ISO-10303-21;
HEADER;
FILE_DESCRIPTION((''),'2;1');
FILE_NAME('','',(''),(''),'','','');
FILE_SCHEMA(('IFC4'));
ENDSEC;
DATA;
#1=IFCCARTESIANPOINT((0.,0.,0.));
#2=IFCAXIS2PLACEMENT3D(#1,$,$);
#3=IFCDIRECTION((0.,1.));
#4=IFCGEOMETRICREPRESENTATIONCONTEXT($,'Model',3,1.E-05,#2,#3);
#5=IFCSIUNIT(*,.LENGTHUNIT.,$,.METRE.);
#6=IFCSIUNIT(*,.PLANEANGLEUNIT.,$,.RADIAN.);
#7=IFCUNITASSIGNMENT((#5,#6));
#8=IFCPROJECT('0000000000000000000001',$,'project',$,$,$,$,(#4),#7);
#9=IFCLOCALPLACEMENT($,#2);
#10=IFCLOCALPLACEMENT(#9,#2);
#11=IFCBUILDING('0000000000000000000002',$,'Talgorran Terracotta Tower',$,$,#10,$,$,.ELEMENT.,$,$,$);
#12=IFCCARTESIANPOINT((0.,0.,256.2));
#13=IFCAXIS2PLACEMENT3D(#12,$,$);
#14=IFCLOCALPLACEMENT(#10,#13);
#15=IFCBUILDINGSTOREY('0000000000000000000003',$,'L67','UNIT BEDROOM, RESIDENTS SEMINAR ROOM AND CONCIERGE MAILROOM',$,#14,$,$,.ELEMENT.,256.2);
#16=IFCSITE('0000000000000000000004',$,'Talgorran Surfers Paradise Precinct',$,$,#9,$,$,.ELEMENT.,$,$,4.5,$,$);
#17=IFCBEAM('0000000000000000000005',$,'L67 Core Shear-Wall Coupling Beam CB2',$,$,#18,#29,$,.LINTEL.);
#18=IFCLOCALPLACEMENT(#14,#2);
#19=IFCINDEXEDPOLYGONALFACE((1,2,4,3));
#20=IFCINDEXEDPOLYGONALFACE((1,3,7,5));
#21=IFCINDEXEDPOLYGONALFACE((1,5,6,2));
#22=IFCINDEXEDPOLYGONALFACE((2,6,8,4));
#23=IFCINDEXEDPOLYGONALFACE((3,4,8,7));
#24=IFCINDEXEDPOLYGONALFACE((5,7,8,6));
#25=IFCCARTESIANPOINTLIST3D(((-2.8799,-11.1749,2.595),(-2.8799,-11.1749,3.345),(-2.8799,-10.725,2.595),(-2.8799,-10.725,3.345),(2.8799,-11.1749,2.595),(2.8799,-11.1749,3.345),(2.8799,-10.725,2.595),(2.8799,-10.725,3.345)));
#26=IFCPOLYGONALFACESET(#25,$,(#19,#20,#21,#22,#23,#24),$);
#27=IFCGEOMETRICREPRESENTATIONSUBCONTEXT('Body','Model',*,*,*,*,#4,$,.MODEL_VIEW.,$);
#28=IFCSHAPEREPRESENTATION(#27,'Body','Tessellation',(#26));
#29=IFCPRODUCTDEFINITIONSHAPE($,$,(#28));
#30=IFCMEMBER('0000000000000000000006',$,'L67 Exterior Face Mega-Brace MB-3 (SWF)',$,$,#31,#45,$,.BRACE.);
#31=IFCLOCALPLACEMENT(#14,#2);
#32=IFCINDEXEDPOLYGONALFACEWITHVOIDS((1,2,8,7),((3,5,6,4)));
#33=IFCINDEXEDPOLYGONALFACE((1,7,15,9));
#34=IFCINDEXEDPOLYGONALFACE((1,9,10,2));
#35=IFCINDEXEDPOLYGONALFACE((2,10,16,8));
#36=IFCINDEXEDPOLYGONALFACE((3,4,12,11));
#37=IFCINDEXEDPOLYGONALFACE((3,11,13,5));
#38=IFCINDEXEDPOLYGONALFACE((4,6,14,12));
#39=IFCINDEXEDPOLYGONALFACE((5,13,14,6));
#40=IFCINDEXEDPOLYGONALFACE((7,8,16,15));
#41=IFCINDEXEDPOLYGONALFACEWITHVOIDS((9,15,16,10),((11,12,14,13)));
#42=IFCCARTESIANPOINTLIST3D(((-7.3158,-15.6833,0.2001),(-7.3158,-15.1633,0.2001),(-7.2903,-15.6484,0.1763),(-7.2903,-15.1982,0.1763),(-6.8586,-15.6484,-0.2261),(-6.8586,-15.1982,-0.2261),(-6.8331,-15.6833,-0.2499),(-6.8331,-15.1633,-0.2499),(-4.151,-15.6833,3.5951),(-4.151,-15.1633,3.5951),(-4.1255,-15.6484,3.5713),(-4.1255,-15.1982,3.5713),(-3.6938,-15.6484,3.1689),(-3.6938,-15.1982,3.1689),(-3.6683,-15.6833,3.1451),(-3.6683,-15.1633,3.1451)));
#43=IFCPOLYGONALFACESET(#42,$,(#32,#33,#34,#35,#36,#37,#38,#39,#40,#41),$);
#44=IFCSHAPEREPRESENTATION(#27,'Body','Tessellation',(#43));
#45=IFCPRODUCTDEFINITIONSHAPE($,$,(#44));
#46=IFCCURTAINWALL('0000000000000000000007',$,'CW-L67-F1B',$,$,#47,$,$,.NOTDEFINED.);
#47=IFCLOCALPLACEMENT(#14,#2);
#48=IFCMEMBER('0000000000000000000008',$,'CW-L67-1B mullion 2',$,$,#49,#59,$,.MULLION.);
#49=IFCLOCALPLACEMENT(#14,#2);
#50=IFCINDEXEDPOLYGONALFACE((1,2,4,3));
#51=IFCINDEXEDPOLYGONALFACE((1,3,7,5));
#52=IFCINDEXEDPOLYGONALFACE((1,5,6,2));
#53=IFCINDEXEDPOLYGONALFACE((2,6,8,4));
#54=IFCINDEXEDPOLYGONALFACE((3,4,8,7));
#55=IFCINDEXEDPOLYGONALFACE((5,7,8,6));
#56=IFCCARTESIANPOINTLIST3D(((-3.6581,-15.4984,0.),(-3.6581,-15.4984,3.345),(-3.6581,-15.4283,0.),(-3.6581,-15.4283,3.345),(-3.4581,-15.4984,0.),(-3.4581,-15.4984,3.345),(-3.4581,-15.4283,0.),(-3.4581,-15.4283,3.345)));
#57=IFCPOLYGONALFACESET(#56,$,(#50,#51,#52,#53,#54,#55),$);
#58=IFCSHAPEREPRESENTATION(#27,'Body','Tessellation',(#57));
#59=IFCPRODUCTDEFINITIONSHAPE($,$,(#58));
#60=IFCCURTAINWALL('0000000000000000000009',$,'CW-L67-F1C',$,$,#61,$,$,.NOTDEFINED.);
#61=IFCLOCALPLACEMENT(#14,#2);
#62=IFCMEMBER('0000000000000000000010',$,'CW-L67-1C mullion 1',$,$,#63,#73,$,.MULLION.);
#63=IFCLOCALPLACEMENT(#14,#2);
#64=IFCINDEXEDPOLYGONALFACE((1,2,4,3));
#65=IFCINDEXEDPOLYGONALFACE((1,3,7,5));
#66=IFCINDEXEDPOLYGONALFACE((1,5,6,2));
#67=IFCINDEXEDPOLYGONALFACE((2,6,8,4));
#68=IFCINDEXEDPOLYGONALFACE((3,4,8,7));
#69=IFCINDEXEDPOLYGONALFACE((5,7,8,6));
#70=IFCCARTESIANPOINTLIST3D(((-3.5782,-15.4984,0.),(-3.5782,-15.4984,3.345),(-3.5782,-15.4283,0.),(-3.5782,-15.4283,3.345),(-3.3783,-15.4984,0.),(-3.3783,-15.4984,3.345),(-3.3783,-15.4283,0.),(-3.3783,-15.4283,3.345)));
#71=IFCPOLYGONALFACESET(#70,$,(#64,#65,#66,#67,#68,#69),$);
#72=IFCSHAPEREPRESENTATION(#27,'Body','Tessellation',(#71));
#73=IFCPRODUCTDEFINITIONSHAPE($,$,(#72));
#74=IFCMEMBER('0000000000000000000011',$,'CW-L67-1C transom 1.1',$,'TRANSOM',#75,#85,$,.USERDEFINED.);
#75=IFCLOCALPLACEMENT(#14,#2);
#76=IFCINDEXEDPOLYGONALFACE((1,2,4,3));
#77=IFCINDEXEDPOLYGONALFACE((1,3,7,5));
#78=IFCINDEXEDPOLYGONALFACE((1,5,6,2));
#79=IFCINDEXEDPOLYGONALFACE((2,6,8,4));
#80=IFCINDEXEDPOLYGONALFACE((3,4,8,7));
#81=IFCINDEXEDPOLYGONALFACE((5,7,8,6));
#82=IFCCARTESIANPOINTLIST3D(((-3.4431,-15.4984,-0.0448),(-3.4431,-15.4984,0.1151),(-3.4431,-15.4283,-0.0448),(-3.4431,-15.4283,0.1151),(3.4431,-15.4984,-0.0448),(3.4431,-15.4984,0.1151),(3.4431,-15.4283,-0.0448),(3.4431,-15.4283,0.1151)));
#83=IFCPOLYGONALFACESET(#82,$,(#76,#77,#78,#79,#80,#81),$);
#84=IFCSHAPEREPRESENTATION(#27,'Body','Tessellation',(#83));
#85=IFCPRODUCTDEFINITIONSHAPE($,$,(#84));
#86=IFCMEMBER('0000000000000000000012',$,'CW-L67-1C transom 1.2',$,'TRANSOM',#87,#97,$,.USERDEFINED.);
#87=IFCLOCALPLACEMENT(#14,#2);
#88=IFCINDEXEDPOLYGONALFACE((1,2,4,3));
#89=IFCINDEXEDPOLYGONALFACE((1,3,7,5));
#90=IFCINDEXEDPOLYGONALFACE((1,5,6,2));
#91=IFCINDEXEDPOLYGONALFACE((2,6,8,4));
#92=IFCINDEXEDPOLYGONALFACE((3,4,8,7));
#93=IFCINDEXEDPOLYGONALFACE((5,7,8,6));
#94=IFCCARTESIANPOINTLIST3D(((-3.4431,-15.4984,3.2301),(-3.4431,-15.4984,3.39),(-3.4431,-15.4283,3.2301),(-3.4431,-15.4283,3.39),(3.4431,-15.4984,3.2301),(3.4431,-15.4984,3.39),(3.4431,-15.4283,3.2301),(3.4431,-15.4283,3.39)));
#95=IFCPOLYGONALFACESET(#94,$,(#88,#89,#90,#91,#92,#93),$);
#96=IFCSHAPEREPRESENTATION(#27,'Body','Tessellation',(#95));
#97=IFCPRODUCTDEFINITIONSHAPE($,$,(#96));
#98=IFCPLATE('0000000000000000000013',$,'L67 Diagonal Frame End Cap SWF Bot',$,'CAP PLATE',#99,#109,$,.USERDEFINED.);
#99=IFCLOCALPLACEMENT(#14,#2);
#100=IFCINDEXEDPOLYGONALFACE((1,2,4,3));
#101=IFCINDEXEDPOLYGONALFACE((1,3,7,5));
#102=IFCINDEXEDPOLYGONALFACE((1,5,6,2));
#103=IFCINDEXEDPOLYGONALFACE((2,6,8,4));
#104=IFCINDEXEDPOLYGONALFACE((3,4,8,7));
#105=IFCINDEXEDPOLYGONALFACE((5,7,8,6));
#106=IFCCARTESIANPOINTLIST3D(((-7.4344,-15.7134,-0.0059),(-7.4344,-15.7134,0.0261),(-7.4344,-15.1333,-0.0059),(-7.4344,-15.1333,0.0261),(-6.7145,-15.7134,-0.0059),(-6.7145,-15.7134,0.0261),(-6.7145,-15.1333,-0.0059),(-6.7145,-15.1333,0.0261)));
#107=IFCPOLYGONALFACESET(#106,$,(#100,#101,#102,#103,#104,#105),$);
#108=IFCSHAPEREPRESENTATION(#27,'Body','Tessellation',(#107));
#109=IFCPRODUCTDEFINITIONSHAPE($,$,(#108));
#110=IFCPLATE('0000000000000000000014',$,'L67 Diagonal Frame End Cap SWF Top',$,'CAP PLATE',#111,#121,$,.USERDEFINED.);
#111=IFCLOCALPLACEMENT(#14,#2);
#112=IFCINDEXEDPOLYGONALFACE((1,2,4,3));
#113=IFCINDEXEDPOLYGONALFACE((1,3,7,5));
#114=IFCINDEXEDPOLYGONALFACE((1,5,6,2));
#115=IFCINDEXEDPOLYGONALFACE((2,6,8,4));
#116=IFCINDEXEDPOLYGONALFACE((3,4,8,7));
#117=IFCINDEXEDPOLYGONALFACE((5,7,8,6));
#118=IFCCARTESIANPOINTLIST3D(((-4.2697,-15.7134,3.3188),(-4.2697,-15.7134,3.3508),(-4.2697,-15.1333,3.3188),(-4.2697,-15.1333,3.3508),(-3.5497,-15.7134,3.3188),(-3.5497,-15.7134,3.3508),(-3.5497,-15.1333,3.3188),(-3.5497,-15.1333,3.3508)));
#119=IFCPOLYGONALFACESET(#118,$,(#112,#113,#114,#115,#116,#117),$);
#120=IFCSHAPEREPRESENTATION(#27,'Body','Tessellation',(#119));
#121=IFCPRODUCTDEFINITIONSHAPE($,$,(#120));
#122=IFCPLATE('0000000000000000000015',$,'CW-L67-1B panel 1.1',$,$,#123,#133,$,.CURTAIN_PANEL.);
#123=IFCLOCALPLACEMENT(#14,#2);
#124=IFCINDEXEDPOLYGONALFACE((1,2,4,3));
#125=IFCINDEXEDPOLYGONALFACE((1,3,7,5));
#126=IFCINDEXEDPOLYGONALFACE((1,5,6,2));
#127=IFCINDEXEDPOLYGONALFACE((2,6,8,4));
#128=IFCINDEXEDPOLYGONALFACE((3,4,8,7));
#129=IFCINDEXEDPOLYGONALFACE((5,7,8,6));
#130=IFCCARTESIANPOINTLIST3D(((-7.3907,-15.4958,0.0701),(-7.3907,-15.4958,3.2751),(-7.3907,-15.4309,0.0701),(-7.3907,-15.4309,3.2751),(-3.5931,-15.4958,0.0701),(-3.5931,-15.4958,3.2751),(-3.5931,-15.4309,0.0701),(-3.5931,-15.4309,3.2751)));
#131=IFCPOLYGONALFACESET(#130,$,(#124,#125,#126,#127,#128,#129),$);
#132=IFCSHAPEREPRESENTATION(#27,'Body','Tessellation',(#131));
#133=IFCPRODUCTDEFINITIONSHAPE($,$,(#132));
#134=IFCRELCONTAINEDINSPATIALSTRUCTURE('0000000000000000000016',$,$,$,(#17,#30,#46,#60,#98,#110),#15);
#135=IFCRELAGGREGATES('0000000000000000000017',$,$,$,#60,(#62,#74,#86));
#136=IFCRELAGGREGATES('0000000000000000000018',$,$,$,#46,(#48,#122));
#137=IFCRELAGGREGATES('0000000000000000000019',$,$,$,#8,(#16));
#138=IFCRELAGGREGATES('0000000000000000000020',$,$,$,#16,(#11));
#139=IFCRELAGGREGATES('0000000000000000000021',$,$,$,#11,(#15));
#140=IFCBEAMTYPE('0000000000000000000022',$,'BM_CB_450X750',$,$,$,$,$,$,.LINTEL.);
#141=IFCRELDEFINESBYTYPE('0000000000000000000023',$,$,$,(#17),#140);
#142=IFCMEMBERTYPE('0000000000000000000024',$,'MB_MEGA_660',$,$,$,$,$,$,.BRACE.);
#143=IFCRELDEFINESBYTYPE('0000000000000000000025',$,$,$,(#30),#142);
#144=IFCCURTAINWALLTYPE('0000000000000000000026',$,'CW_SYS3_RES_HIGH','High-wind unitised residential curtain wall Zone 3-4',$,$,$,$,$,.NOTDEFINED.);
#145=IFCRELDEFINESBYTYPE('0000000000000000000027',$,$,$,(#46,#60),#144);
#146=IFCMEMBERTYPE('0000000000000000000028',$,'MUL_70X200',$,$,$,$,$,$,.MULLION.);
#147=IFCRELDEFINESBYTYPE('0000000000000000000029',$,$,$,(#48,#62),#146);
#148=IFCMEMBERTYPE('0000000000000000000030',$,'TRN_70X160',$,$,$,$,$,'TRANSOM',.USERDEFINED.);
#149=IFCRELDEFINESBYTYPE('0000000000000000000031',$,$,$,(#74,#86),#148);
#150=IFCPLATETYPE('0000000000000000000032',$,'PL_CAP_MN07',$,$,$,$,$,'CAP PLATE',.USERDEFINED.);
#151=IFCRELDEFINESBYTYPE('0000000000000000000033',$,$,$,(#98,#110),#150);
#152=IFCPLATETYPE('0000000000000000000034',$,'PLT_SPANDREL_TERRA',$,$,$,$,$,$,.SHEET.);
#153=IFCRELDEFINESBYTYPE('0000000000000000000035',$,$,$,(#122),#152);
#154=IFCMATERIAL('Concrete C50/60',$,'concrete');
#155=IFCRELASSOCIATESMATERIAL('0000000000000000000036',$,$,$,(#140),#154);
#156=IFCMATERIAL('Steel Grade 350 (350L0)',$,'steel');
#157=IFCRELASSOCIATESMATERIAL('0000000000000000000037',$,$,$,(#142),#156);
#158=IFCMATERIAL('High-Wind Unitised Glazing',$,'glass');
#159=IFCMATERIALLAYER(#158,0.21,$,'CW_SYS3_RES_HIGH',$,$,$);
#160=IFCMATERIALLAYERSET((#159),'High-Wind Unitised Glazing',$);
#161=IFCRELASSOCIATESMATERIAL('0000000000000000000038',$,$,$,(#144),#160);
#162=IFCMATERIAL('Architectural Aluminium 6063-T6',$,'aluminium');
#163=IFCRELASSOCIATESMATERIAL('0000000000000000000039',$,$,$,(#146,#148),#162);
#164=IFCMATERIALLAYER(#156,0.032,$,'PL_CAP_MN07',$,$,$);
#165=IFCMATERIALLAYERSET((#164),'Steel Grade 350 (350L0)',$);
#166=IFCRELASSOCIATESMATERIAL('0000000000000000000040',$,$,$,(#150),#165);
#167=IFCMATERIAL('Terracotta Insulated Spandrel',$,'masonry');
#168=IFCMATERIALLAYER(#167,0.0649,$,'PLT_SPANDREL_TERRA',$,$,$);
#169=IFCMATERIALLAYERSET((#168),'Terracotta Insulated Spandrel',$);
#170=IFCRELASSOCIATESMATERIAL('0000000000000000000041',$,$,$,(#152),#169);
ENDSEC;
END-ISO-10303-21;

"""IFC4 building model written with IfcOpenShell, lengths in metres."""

from ifc_helpers import new_model, si_unit, direction, frame, origin, origin_2d, place, context, subcontext, project, spatial, rectangle, hollow_rectangle, extrude, source, transform, mapped, material, layer, layer_set, material_profile, profile_set, type_object, type_shapes, element, aggregate, save


model = new_model("IFC4")

# Units and contexts
model_context = context("Model", 3, precision=1e-05, world=origin(), true_north=direction((0.0, 1.0)))
body_context = subcontext(model_context, "Body", "Model", "MODEL_VIEW")
ifc_project = project(units=[si_unit("LENGTHUNIT", "METRE"), si_unit("PLANEANGLEUNIT", "RADIAN")], contexts=[model_context])

# Site, building, storey
site_placement = place(None, origin())
site = spatial("IfcSite", under=ifc_project, at=site_placement, Name="Talgorran Surfers Paradise Precinct", CompositionType="ELEMENT", RefElevation=4.5)
building_placement = place(site_placement, origin())
building = spatial("IfcBuilding", under=site, at=building_placement, Name="Talgorran Terracotta Tower", CompositionType="ELEMENT")
storey_placement = place(building_placement, frame((0.0, 0.0, 256.2)))
storey = spatial("IfcBuildingStorey", under=building, at=storey_placement, Name="L67", Description="UNIT BEDROOM, RESIDENTS SEMINAR ROOM AND CONCIERGE MAILROOM", CompositionType="ELEMENT", Elevation=256.2)

# Beam
ifc_material_1 = material(Name="Concrete C50/60", Category="concrete")
ifc_material_profile_1 = material_profile(ifc_material_1, rectangle(XDim=0.45, YDim=0.75, at=origin_2d()), Name="RCCB450X750")
ifc_profile_set_1 = profile_set([ifc_material_profile_1], Name="Concrete C50/60")
beam_type = type_object("IfcBeamType", Name="BM_CB_450X750", PredefinedType="LINTEL", material=ifc_profile_set_1)
beam_placement = place(storey_placement, frame((-2.8799, -10.95, 2.97), z_axis=(1.0, 0.0, 0.0), x_axis=(0.0, 1.0, 0.0)))
element("IfcBeam", 1, at=beam_placement, inside=storey, type_object=beam_type, Name="L67 Core Shear-Wall Coupling Beam CB2", PredefinedType="LINTEL", context=body_context, shape_type="SweptSolid", body=[
    extrude(rectangle(XDim=0.45, YDim=0.75, at=origin_2d()), origin(), (0.0, 0.0, 1.0), 5.7598),
])

# Member
ifc_material_2 = material(Name="Steel Grade 350 (350L0)", Category="steel")
ifc_material_profile_2 = material_profile(ifc_material_2, hollow_rectangle(XDim=0.52, YDim=0.6599, WallThickness=0.0349, at=origin_2d()), Name="WBOX660X520X35")
ifc_profile_set_2 = profile_set([ifc_material_profile_2], Name="Steel Grade 350 (350L0)")
member_type_1 = type_object("IfcMemberType", Name="MB_MEGA_660", PredefinedType="BRACE", material=ifc_profile_set_2)
member_1_placement = place(storey_placement, frame((-7.0745, -15.4233, -0.0249), z_axis=(0.68187, 0.0, 0.731473), x_axis=(0.0, 1.0, 0.0)))
element("IfcMember", 2, at=member_1_placement, inside=storey, type_object=member_type_1, Name="L67 Exterior Face Mega-Brace MB-3 (SWF)", PredefinedType="BRACE", context=body_context, shape_type="SweptSolid", body=[
    extrude(hollow_rectangle(XDim=0.52, YDim=0.6599, WallThickness=0.0349, at=origin_2d()), origin(), (0.0, 0.0, 1.0), 4.6414),
])

# Curtain wall, member
ifc_material_3 = material(Name="High-Wind Unitised Glazing", Category="glass")
ifc_layer_1 = layer(ifc_material_3, 0.21, Name="CW_SYS3_RES_HIGH")
ifc_layer_set_1 = layer_set([ifc_layer_1], Name="High-Wind Unitised Glazing")
curtain_wall_type = type_object("IfcCurtainWallType", Name="CW_SYS3_RES_HIGH", Description="High-wind unitised residential curtain wall Zone 3-4", PredefinedType="NOTDEFINED", material=ifc_layer_set_1)
curtain_wall_1_placement = place(storey_placement, origin())
curtain_wall_1 = element("IfcCurtainWall", 3, at=curtain_wall_1_placement, inside=storey, type_object=curtain_wall_type, Name="CW-L67-F1B", PredefinedType="NOTDEFINED")
ifc_material_4 = material(Name="Architectural Aluminium 6063-T6", Category="aluminium")
ifc_material_profile_3 = material_profile(ifc_material_4, rectangle(XDim=0.0701, YDim=0.2, at=origin_2d()), Name="CWM70X200")
ifc_profile_set_3 = profile_set([ifc_material_profile_3], Name="Architectural Aluminium 6063-T6")
member_type_2 = type_object("IfcMemberType", Name="MUL_70X200", PredefinedType="MULLION", material=ifc_profile_set_3)
member_2_placement = place(storey_placement, frame((-3.5581, -15.4634, 0.0), z_axis=(0.0, 0.0, 1.0), x_axis=(0.0, 1.0, 0.0)))
member_2 = element("IfcMember", 4, at=member_2_placement, type_object=member_type_2, Name="CW-L67-1B mullion 2", PredefinedType="MULLION", context=body_context, shape_type="SweptSolid", body=[
    extrude(rectangle(XDim=0.0701, YDim=0.2, at=origin_2d()), origin(), (0.0, 0.0, 1.0), 3.345),
])

# Curtain wall, members
curtain_wall_2_placement = place(storey_placement, origin())
curtain_wall_2 = element("IfcCurtainWall", 5, at=curtain_wall_2_placement, inside=storey, type_object=curtain_wall_type, Name="CW-L67-F1C", PredefinedType="NOTDEFINED")
member_3_placement = place(storey_placement, frame((-3.4783, -15.4634, 0.0), z_axis=(0.0, 0.0, 1.0), x_axis=(0.0, 1.0, 0.0)))
member_3 = element("IfcMember", 6, at=member_3_placement, type_object=member_type_2, Name="CW-L67-1C mullion 1", PredefinedType="MULLION", context=body_context, shape_type="SweptSolid", body=[
    extrude(rectangle(XDim=0.0701, YDim=0.2, at=origin_2d()), origin(), (0.0, 0.0, 1.0), 3.345),
])
ifc_material_profile_4 = material_profile(ifc_material_4, rectangle(XDim=0.0701, YDim=0.1599, at=origin_2d()), Name="CWT70X160")
ifc_profile_set_4 = profile_set([ifc_material_profile_4], Name="Architectural Aluminium 6063-T6")
member_type_3 = type_object("IfcMemberType", Name="TRN_70X160", ElementType="TRANSOM", PredefinedType="USERDEFINED", material=ifc_profile_set_4)
member_4_placement = place(storey_placement, frame((-3.4431, -15.4634, 0.0352), z_axis=(1.0, 0.0, 0.0), x_axis=(0.0, 1.0, 0.0)))
member_4 = element("IfcMember", 7, at=member_4_placement, type_object=member_type_3, Name="CW-L67-1C transom 1.1", ObjectType="TRANSOM", PredefinedType="USERDEFINED", context=body_context, shape_type="SweptSolid", body=[
    extrude(rectangle(XDim=0.0701, YDim=0.1599, at=origin_2d()), origin(), (0.0, 0.0, 1.0), 6.8862),
])
member_5_placement = place(storey_placement, frame((-3.4431, -15.4634, 3.3101), z_axis=(1.0, 0.0, 0.0), x_axis=(0.0, 1.0, 0.0)))
member_5 = element("IfcMember", 8, at=member_5_placement, type_object=member_type_3, Name="CW-L67-1C transom 1.2", ObjectType="TRANSOM", PredefinedType="USERDEFINED", context=body_context, shape_type="SweptSolid", body=[
    extrude(rectangle(XDim=0.0701, YDim=0.1599, at=origin_2d()), origin(), (0.0, 0.0, 1.0), 6.8862),
])
aggregate(curtain_wall_2, [member_3, member_4, member_5])

# Plates
ifc_layer_2 = layer(ifc_material_2, 0.032, Name="PL_CAP_MN07")
ifc_layer_set_2 = layer_set([ifc_layer_2], Name="Steel Grade 350 (350L0)")
plate_type_1 = type_object("IfcPlateType", Name="PL_CAP_MN07", ElementType="CAP PLATE", PredefinedType="USERDEFINED", material=ifc_layer_set_2)
for number, where, z_axis, x_axis, name in (
    (9, (-7.0745, -15.4233, -0.0059), (0.0, 0.0, 1.0), (1.0, 0.0, 0.0), "L67 Diagonal Frame End Cap SWF Bot"),
    (10, (-3.9097, -15.4233, 3.3188), (0.0, 0.0, 1.0), (1.0, 0.0, 0.0), "L67 Diagonal Frame End Cap SWF Top"),
):
    element("IfcPlate", number, at=place(storey_placement, frame(where, z_axis=z_axis, x_axis=x_axis)), inside=storey, type_object=plate_type_1, Name=name, ObjectType="CAP PLATE", PredefinedType="USERDEFINED", context=body_context, shape_type="SweptSolid", body=[
        extrude(rectangle(XDim=0.72, YDim=0.5801, at=origin_2d()), origin(), (0.0, 0.0, 1.0), 0.032),
    ])

# Plate
ifc_material_5 = material(Name="Terracotta Insulated Spandrel", Category="masonry")
ifc_layer_3 = layer(ifc_material_5, 0.0649, Name="PLT_SPANDREL_TERRA")
ifc_layer_set_3 = layer_set([ifc_layer_3], Name="Terracotta Insulated Spandrel")
plate_type_2 = type_object("IfcPlateType", Name="PLT_SPANDREL_TERRA", PredefinedType="SHEET", material=ifc_layer_set_3)
shared_shape = source(origin(), body_context, "Body", "SweptSolid", [
    extrude(rectangle(XDim=3.7976, YDim=0.0649, at=origin_2d()), origin(), (0.0, 0.0, 1.0), 3.2051),
])
type_shapes(plate_type_2, [shared_shape])
plate_placement = place(storey_placement, frame((-5.4919, -15.4634, 0.0701), z_axis=(0.0, 0.0, 1.0), x_axis=(1.0, 0.0, 0.0)))
plate = element("IfcPlate", 11, at=plate_placement, type_object=plate_type_2, Name="CW-L67-1B panel 1.1", PredefinedType="CURTAIN_PANEL", context=body_context, shape_type="MappedRepresentation", body=[
    mapped(shared_shape, transform((0.0, 0.0, 0.0), scale=1.0)),
])
aggregate(curtain_wall_1, [member_2, plate])

save(model, "model.ifc")
